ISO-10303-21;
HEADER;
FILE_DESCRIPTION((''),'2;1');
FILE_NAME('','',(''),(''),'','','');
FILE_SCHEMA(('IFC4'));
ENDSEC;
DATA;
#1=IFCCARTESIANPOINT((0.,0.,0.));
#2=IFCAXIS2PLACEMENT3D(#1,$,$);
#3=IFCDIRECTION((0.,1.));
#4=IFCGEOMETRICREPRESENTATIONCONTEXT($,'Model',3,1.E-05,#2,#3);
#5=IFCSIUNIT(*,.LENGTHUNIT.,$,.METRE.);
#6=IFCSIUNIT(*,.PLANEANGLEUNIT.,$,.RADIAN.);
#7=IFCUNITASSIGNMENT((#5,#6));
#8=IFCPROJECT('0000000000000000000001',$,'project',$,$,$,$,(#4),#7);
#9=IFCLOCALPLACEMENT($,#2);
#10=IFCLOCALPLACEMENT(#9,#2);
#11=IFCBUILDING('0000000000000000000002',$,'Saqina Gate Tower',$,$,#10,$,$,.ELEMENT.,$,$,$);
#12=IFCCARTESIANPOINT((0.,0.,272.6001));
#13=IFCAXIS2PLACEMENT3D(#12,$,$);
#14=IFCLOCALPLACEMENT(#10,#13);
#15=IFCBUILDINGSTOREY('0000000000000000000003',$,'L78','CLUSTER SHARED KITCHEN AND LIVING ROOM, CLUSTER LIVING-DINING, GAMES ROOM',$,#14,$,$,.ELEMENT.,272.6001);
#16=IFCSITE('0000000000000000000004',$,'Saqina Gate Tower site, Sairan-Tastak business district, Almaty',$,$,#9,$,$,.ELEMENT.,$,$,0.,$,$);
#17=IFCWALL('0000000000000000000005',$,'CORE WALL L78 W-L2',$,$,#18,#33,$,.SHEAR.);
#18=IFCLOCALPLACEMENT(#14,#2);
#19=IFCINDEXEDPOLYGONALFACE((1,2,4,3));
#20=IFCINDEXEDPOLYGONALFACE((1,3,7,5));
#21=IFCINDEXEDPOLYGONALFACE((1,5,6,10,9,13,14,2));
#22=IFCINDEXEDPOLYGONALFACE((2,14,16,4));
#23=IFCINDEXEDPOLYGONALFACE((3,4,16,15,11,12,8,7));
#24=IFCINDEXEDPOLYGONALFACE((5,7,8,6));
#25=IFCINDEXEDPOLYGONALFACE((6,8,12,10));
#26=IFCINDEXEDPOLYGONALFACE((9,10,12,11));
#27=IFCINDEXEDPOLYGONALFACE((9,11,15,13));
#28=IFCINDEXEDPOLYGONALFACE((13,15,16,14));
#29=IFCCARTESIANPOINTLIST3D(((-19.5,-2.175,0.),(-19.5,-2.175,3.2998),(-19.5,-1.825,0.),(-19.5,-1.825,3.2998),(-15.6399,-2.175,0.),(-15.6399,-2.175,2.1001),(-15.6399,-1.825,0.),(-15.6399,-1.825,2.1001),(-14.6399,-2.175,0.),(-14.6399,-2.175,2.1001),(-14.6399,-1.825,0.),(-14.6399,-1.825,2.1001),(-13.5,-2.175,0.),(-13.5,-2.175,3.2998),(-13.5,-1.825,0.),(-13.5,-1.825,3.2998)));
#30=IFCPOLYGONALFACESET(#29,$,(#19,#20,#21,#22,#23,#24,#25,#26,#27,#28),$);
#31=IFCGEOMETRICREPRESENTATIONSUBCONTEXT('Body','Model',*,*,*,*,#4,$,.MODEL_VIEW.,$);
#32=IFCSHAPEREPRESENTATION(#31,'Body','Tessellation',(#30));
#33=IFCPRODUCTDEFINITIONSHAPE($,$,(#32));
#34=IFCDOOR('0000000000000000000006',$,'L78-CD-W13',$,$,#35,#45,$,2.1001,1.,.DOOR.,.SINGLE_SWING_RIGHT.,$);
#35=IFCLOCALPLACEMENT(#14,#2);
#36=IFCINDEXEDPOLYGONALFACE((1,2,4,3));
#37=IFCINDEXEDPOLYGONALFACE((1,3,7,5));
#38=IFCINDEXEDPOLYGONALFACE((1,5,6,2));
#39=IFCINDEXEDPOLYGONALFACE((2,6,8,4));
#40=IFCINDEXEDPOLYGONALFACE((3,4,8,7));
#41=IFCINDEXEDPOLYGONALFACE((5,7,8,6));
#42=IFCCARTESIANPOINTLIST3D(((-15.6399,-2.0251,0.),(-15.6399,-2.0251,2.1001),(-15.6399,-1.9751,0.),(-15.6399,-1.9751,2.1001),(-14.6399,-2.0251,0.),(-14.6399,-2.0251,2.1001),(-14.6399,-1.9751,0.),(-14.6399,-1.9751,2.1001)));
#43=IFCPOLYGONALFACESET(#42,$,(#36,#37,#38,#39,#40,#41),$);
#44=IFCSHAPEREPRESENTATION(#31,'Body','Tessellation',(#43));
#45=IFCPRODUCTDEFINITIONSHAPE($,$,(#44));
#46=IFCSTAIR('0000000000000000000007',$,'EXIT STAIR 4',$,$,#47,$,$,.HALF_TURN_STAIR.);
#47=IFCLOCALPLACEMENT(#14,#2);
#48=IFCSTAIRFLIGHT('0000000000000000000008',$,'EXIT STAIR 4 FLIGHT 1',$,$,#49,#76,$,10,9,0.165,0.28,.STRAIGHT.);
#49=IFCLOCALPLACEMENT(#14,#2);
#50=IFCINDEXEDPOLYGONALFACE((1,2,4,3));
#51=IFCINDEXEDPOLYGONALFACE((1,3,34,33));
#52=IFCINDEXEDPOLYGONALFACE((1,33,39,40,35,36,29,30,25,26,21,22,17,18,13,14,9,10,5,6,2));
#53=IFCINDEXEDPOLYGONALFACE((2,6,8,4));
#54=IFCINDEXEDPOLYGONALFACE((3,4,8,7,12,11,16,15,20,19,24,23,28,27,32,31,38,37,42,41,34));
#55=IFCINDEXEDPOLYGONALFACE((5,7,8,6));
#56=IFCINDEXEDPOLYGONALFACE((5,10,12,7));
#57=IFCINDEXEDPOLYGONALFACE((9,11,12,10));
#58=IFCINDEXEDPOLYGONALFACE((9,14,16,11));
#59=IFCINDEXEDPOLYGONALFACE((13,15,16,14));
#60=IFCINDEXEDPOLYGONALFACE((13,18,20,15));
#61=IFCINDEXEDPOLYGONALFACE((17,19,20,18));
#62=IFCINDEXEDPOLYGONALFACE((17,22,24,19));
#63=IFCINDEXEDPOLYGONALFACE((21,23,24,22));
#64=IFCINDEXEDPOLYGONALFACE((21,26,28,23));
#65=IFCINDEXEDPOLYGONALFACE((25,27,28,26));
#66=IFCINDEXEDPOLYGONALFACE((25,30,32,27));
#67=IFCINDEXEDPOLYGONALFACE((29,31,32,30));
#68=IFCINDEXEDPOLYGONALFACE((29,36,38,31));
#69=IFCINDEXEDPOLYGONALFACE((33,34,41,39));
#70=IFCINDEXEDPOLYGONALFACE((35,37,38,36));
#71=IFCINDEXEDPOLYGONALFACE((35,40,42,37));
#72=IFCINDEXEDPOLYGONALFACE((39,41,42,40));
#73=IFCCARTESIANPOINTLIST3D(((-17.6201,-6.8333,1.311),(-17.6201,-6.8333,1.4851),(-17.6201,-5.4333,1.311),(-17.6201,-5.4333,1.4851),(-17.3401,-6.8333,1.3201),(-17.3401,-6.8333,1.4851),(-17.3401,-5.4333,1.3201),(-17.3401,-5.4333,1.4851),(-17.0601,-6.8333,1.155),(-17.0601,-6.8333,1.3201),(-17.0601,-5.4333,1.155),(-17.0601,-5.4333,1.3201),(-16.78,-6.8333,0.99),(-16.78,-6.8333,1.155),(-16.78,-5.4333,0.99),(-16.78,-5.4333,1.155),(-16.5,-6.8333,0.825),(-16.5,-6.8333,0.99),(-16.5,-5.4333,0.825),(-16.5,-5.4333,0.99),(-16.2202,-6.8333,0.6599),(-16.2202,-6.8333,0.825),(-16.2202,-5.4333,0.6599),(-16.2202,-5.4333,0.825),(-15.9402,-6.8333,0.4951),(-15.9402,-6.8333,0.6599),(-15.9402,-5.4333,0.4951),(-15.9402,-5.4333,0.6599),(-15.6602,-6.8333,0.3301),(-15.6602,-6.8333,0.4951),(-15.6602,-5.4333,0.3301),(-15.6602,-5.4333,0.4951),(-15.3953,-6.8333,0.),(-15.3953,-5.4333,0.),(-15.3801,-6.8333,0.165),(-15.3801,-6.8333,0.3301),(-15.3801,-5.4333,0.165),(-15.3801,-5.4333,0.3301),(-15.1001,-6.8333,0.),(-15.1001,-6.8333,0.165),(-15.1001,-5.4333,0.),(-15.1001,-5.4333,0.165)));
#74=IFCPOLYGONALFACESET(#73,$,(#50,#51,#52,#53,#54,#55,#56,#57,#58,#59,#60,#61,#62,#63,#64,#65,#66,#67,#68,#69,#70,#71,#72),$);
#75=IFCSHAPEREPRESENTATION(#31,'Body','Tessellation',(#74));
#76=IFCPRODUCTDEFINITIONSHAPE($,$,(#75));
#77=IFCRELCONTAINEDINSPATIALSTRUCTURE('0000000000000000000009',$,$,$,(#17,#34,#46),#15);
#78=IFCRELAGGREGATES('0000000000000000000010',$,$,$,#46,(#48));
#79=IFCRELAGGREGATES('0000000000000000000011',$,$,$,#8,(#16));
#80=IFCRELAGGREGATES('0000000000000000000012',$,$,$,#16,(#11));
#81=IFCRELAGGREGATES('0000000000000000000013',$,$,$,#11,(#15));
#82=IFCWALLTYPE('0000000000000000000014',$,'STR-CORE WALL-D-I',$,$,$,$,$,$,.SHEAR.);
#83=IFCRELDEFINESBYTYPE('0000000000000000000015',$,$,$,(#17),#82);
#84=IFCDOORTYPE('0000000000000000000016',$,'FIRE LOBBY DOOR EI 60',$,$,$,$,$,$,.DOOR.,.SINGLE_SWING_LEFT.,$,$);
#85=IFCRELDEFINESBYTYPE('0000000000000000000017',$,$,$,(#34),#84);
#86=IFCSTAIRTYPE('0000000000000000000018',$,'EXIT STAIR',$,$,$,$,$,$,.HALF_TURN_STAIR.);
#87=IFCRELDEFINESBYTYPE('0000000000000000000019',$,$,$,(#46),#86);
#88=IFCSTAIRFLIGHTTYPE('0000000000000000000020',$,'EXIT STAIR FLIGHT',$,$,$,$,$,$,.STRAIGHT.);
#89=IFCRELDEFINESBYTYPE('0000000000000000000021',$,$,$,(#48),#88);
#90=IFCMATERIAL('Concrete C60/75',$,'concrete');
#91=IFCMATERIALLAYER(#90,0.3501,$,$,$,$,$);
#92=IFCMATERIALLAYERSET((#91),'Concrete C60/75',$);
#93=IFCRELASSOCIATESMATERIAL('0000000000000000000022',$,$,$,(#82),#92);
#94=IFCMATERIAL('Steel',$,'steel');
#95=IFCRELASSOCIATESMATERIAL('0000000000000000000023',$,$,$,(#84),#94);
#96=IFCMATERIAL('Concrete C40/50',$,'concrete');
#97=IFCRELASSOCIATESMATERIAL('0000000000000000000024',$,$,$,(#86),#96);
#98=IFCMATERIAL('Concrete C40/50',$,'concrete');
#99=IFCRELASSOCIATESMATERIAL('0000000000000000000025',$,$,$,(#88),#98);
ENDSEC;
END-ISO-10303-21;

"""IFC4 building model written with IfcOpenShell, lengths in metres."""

from ifc_helpers import new_model, si_unit, direction, frame, frame_2d, origin, place, context, subcontext, project, spatial, polyline, rectangle, outline, extrude, material, layer, layer_set, type_object, element, fill, aggregate, save


model = new_model("IFC4")

# Units and contexts
model_context = context("Model", 3, precision=1e-05, world=origin(), true_north=direction((0.0, 1.0)))
body_context = subcontext(model_context, "Body", "Model", "MODEL_VIEW")
ifc_project = project(units=[si_unit("LENGTHUNIT", "METRE"), si_unit("PLANEANGLEUNIT", "RADIAN")], contexts=[model_context])

# Site, building, storey
site_placement = place(None, origin())
site = spatial("IfcSite", under=ifc_project, at=site_placement, Name="Saqina Gate Tower site, Sairan-Tastak business district, Almaty", CompositionType="ELEMENT", RefElevation=0.0)
building_placement = place(site_placement, origin())
building = spatial("IfcBuilding", under=site, at=building_placement, Name="Saqina Gate Tower", CompositionType="ELEMENT")
storey_placement = place(building_placement, frame((0.0, 0.0, 272.6001)))
storey = spatial("IfcBuildingStorey", under=building, at=storey_placement, Name="L78", Description="CLUSTER SHARED KITCHEN AND LIVING ROOM, CLUSTER LIVING-DINING, GAMES ROOM", CompositionType="ELEMENT", Elevation=272.6001)

# Wall, opening, door
ifc_material_1 = material(Name="Concrete C60/75", Category="concrete")
ifc_layer_1 = layer(ifc_material_1, 0.3501)
ifc_layer_set_1 = layer_set([ifc_layer_1], Name="Concrete C60/75")
wall_type_1 = type_object("IfcWallType", Name="STR-CORE WALL-D-I", PredefinedType="SHEAR", material=ifc_layer_set_1)
wall_1_placement = place(storey_placement, frame((-13.5, -2.0, 0.0), z_axis=(0.0, 0.0, 1.0), x_axis=(-1.0, 0.0, 0.0)))
wall_1 = element("IfcWall", 1, at=wall_1_placement, inside=storey, type_object=wall_type_1, Name="CORE WALL L78 W-L2", PredefinedType="SHEAR", context=body_context, shape_type="SweptSolid", body=[
    extrude(rectangle(XDim=6.0, YDim=0.3501, at=frame_2d((3.0, 0.0))), origin(), (0.0, 0.0, 1.0), 3.2998),
])
opening_1_placement = place(wall_1_placement, frame((1.1399, 0.0, 0.0)))
opening_1 = element("IfcOpeningElement", 2, at=opening_1_placement, cuts=wall_1, PredefinedType="OPENING", context=body_context, shape_type="SweptSolid", body=[
    extrude(rectangle(XDim=1.0, YDim=2.1001, at=frame_2d((0.5, 1.05))), frame((0.0, 0.187, 0.0), z_axis=(0.0, -1.0, 0.0), x_axis=(1.0, 0.0, 0.0)), (0.0, 0.0, 1.0), 0.374),
])
ifc_material_2 = material(Name="Steel", Category="steel")
door_type_1 = type_object("IfcDoorType", Name="FIRE LOBBY DOOR EI 60", OperationType="SINGLE_SWING_LEFT", PredefinedType="DOOR", material=ifc_material_2)
door_1_placement = place(opening_1_placement, frame((1.0, 0.0, 0.0), z_axis=(0.0, 0.0, 1.0), x_axis=(-1.0, 0.0, 0.0)))
door_1 = element("IfcDoor", 3, at=door_1_placement, inside=storey, type_object=door_type_1, Name="L78-CD-W13", OperationType="SINGLE_SWING_RIGHT", OverallHeight=2.1001, OverallWidth=1.0, PredefinedType="DOOR", context=body_context, shape_type="SweptSolid", body=[
    extrude(rectangle(XDim=1.0, YDim=2.1001, at=frame_2d((0.5, 1.05))), frame((0.0, 0.0249, 0.0), z_axis=(0.0, -1.0, 0.0), x_axis=(1.0, 0.0, 0.0)), (0.0, 0.0, 1.0), 0.05),
])
fill(opening_1, door_1)

# Stair, stair flight
ifc_material_3 = material(Name="Concrete C40/50", Category="concrete")
stair_type = type_object("IfcStairType", Name="EXIT STAIR", PredefinedType="HALF_TURN_STAIR", material=ifc_material_3)
stair_placement = place(storey_placement, origin())
stair = element("IfcStair", 4, at=stair_placement, inside=storey, type_object=stair_type, Name="EXIT STAIR 4", PredefinedType="HALF_TURN_STAIR")
ifc_material_4 = material(Name="Concrete C40/50", Category="concrete")
stair_flight_type = type_object("IfcStairFlightType", Name="EXIT STAIR FLIGHT", PredefinedType="STRAIGHT", material=ifc_material_4)
stair_flight_placement = place(storey_placement, frame((-15.1001, -6.1333, 0.0), z_axis=(0.0, 0.0, 1.0), x_axis=(-1.0, 0.0, 0.0)))
stair_flight = element("IfcStairFlight", 5, at=stair_flight_placement, type_object=stair_flight_type, Name="EXIT STAIR 4 FLIGHT 1", NumberOfRisers=10, NumberOfTreads=9, PredefinedType="STRAIGHT", RiserHeight=0.165, TreadLength=0.28, context=body_context, shape_type="SweptSolid", body=[
    extrude(outline(polyline([(0.0, 0.0), (0.0, 0.165), (0.28, 0.165), (0.28, 0.3301), (0.5601, 0.3301), (0.5601, 0.4951), (0.8401, 0.4951), (0.8401, 0.6599), (1.1201, 0.6599), (1.1201, 0.825), (1.3999, 0.825), (1.3999, 0.99), (1.6799, 0.99), (1.6799, 1.155), (1.96, 1.155), (1.96, 1.3201), (2.24, 1.3201), (2.24, 1.4851), (2.52, 1.4851), (2.52, 1.6499), (2.52, 1.311), (0.2952, 0.0), (0.0, 0.0)])), frame((0.0, 0.7, 0.0), z_axis=(0.0, -1.0, 0.0), x_axis=(1.0, 0.0, 0.0)), (0.0, 0.0, 1.0), 1.3999),
])
aggregate(stair, [stair_flight])

save(model, "model.ifc")
